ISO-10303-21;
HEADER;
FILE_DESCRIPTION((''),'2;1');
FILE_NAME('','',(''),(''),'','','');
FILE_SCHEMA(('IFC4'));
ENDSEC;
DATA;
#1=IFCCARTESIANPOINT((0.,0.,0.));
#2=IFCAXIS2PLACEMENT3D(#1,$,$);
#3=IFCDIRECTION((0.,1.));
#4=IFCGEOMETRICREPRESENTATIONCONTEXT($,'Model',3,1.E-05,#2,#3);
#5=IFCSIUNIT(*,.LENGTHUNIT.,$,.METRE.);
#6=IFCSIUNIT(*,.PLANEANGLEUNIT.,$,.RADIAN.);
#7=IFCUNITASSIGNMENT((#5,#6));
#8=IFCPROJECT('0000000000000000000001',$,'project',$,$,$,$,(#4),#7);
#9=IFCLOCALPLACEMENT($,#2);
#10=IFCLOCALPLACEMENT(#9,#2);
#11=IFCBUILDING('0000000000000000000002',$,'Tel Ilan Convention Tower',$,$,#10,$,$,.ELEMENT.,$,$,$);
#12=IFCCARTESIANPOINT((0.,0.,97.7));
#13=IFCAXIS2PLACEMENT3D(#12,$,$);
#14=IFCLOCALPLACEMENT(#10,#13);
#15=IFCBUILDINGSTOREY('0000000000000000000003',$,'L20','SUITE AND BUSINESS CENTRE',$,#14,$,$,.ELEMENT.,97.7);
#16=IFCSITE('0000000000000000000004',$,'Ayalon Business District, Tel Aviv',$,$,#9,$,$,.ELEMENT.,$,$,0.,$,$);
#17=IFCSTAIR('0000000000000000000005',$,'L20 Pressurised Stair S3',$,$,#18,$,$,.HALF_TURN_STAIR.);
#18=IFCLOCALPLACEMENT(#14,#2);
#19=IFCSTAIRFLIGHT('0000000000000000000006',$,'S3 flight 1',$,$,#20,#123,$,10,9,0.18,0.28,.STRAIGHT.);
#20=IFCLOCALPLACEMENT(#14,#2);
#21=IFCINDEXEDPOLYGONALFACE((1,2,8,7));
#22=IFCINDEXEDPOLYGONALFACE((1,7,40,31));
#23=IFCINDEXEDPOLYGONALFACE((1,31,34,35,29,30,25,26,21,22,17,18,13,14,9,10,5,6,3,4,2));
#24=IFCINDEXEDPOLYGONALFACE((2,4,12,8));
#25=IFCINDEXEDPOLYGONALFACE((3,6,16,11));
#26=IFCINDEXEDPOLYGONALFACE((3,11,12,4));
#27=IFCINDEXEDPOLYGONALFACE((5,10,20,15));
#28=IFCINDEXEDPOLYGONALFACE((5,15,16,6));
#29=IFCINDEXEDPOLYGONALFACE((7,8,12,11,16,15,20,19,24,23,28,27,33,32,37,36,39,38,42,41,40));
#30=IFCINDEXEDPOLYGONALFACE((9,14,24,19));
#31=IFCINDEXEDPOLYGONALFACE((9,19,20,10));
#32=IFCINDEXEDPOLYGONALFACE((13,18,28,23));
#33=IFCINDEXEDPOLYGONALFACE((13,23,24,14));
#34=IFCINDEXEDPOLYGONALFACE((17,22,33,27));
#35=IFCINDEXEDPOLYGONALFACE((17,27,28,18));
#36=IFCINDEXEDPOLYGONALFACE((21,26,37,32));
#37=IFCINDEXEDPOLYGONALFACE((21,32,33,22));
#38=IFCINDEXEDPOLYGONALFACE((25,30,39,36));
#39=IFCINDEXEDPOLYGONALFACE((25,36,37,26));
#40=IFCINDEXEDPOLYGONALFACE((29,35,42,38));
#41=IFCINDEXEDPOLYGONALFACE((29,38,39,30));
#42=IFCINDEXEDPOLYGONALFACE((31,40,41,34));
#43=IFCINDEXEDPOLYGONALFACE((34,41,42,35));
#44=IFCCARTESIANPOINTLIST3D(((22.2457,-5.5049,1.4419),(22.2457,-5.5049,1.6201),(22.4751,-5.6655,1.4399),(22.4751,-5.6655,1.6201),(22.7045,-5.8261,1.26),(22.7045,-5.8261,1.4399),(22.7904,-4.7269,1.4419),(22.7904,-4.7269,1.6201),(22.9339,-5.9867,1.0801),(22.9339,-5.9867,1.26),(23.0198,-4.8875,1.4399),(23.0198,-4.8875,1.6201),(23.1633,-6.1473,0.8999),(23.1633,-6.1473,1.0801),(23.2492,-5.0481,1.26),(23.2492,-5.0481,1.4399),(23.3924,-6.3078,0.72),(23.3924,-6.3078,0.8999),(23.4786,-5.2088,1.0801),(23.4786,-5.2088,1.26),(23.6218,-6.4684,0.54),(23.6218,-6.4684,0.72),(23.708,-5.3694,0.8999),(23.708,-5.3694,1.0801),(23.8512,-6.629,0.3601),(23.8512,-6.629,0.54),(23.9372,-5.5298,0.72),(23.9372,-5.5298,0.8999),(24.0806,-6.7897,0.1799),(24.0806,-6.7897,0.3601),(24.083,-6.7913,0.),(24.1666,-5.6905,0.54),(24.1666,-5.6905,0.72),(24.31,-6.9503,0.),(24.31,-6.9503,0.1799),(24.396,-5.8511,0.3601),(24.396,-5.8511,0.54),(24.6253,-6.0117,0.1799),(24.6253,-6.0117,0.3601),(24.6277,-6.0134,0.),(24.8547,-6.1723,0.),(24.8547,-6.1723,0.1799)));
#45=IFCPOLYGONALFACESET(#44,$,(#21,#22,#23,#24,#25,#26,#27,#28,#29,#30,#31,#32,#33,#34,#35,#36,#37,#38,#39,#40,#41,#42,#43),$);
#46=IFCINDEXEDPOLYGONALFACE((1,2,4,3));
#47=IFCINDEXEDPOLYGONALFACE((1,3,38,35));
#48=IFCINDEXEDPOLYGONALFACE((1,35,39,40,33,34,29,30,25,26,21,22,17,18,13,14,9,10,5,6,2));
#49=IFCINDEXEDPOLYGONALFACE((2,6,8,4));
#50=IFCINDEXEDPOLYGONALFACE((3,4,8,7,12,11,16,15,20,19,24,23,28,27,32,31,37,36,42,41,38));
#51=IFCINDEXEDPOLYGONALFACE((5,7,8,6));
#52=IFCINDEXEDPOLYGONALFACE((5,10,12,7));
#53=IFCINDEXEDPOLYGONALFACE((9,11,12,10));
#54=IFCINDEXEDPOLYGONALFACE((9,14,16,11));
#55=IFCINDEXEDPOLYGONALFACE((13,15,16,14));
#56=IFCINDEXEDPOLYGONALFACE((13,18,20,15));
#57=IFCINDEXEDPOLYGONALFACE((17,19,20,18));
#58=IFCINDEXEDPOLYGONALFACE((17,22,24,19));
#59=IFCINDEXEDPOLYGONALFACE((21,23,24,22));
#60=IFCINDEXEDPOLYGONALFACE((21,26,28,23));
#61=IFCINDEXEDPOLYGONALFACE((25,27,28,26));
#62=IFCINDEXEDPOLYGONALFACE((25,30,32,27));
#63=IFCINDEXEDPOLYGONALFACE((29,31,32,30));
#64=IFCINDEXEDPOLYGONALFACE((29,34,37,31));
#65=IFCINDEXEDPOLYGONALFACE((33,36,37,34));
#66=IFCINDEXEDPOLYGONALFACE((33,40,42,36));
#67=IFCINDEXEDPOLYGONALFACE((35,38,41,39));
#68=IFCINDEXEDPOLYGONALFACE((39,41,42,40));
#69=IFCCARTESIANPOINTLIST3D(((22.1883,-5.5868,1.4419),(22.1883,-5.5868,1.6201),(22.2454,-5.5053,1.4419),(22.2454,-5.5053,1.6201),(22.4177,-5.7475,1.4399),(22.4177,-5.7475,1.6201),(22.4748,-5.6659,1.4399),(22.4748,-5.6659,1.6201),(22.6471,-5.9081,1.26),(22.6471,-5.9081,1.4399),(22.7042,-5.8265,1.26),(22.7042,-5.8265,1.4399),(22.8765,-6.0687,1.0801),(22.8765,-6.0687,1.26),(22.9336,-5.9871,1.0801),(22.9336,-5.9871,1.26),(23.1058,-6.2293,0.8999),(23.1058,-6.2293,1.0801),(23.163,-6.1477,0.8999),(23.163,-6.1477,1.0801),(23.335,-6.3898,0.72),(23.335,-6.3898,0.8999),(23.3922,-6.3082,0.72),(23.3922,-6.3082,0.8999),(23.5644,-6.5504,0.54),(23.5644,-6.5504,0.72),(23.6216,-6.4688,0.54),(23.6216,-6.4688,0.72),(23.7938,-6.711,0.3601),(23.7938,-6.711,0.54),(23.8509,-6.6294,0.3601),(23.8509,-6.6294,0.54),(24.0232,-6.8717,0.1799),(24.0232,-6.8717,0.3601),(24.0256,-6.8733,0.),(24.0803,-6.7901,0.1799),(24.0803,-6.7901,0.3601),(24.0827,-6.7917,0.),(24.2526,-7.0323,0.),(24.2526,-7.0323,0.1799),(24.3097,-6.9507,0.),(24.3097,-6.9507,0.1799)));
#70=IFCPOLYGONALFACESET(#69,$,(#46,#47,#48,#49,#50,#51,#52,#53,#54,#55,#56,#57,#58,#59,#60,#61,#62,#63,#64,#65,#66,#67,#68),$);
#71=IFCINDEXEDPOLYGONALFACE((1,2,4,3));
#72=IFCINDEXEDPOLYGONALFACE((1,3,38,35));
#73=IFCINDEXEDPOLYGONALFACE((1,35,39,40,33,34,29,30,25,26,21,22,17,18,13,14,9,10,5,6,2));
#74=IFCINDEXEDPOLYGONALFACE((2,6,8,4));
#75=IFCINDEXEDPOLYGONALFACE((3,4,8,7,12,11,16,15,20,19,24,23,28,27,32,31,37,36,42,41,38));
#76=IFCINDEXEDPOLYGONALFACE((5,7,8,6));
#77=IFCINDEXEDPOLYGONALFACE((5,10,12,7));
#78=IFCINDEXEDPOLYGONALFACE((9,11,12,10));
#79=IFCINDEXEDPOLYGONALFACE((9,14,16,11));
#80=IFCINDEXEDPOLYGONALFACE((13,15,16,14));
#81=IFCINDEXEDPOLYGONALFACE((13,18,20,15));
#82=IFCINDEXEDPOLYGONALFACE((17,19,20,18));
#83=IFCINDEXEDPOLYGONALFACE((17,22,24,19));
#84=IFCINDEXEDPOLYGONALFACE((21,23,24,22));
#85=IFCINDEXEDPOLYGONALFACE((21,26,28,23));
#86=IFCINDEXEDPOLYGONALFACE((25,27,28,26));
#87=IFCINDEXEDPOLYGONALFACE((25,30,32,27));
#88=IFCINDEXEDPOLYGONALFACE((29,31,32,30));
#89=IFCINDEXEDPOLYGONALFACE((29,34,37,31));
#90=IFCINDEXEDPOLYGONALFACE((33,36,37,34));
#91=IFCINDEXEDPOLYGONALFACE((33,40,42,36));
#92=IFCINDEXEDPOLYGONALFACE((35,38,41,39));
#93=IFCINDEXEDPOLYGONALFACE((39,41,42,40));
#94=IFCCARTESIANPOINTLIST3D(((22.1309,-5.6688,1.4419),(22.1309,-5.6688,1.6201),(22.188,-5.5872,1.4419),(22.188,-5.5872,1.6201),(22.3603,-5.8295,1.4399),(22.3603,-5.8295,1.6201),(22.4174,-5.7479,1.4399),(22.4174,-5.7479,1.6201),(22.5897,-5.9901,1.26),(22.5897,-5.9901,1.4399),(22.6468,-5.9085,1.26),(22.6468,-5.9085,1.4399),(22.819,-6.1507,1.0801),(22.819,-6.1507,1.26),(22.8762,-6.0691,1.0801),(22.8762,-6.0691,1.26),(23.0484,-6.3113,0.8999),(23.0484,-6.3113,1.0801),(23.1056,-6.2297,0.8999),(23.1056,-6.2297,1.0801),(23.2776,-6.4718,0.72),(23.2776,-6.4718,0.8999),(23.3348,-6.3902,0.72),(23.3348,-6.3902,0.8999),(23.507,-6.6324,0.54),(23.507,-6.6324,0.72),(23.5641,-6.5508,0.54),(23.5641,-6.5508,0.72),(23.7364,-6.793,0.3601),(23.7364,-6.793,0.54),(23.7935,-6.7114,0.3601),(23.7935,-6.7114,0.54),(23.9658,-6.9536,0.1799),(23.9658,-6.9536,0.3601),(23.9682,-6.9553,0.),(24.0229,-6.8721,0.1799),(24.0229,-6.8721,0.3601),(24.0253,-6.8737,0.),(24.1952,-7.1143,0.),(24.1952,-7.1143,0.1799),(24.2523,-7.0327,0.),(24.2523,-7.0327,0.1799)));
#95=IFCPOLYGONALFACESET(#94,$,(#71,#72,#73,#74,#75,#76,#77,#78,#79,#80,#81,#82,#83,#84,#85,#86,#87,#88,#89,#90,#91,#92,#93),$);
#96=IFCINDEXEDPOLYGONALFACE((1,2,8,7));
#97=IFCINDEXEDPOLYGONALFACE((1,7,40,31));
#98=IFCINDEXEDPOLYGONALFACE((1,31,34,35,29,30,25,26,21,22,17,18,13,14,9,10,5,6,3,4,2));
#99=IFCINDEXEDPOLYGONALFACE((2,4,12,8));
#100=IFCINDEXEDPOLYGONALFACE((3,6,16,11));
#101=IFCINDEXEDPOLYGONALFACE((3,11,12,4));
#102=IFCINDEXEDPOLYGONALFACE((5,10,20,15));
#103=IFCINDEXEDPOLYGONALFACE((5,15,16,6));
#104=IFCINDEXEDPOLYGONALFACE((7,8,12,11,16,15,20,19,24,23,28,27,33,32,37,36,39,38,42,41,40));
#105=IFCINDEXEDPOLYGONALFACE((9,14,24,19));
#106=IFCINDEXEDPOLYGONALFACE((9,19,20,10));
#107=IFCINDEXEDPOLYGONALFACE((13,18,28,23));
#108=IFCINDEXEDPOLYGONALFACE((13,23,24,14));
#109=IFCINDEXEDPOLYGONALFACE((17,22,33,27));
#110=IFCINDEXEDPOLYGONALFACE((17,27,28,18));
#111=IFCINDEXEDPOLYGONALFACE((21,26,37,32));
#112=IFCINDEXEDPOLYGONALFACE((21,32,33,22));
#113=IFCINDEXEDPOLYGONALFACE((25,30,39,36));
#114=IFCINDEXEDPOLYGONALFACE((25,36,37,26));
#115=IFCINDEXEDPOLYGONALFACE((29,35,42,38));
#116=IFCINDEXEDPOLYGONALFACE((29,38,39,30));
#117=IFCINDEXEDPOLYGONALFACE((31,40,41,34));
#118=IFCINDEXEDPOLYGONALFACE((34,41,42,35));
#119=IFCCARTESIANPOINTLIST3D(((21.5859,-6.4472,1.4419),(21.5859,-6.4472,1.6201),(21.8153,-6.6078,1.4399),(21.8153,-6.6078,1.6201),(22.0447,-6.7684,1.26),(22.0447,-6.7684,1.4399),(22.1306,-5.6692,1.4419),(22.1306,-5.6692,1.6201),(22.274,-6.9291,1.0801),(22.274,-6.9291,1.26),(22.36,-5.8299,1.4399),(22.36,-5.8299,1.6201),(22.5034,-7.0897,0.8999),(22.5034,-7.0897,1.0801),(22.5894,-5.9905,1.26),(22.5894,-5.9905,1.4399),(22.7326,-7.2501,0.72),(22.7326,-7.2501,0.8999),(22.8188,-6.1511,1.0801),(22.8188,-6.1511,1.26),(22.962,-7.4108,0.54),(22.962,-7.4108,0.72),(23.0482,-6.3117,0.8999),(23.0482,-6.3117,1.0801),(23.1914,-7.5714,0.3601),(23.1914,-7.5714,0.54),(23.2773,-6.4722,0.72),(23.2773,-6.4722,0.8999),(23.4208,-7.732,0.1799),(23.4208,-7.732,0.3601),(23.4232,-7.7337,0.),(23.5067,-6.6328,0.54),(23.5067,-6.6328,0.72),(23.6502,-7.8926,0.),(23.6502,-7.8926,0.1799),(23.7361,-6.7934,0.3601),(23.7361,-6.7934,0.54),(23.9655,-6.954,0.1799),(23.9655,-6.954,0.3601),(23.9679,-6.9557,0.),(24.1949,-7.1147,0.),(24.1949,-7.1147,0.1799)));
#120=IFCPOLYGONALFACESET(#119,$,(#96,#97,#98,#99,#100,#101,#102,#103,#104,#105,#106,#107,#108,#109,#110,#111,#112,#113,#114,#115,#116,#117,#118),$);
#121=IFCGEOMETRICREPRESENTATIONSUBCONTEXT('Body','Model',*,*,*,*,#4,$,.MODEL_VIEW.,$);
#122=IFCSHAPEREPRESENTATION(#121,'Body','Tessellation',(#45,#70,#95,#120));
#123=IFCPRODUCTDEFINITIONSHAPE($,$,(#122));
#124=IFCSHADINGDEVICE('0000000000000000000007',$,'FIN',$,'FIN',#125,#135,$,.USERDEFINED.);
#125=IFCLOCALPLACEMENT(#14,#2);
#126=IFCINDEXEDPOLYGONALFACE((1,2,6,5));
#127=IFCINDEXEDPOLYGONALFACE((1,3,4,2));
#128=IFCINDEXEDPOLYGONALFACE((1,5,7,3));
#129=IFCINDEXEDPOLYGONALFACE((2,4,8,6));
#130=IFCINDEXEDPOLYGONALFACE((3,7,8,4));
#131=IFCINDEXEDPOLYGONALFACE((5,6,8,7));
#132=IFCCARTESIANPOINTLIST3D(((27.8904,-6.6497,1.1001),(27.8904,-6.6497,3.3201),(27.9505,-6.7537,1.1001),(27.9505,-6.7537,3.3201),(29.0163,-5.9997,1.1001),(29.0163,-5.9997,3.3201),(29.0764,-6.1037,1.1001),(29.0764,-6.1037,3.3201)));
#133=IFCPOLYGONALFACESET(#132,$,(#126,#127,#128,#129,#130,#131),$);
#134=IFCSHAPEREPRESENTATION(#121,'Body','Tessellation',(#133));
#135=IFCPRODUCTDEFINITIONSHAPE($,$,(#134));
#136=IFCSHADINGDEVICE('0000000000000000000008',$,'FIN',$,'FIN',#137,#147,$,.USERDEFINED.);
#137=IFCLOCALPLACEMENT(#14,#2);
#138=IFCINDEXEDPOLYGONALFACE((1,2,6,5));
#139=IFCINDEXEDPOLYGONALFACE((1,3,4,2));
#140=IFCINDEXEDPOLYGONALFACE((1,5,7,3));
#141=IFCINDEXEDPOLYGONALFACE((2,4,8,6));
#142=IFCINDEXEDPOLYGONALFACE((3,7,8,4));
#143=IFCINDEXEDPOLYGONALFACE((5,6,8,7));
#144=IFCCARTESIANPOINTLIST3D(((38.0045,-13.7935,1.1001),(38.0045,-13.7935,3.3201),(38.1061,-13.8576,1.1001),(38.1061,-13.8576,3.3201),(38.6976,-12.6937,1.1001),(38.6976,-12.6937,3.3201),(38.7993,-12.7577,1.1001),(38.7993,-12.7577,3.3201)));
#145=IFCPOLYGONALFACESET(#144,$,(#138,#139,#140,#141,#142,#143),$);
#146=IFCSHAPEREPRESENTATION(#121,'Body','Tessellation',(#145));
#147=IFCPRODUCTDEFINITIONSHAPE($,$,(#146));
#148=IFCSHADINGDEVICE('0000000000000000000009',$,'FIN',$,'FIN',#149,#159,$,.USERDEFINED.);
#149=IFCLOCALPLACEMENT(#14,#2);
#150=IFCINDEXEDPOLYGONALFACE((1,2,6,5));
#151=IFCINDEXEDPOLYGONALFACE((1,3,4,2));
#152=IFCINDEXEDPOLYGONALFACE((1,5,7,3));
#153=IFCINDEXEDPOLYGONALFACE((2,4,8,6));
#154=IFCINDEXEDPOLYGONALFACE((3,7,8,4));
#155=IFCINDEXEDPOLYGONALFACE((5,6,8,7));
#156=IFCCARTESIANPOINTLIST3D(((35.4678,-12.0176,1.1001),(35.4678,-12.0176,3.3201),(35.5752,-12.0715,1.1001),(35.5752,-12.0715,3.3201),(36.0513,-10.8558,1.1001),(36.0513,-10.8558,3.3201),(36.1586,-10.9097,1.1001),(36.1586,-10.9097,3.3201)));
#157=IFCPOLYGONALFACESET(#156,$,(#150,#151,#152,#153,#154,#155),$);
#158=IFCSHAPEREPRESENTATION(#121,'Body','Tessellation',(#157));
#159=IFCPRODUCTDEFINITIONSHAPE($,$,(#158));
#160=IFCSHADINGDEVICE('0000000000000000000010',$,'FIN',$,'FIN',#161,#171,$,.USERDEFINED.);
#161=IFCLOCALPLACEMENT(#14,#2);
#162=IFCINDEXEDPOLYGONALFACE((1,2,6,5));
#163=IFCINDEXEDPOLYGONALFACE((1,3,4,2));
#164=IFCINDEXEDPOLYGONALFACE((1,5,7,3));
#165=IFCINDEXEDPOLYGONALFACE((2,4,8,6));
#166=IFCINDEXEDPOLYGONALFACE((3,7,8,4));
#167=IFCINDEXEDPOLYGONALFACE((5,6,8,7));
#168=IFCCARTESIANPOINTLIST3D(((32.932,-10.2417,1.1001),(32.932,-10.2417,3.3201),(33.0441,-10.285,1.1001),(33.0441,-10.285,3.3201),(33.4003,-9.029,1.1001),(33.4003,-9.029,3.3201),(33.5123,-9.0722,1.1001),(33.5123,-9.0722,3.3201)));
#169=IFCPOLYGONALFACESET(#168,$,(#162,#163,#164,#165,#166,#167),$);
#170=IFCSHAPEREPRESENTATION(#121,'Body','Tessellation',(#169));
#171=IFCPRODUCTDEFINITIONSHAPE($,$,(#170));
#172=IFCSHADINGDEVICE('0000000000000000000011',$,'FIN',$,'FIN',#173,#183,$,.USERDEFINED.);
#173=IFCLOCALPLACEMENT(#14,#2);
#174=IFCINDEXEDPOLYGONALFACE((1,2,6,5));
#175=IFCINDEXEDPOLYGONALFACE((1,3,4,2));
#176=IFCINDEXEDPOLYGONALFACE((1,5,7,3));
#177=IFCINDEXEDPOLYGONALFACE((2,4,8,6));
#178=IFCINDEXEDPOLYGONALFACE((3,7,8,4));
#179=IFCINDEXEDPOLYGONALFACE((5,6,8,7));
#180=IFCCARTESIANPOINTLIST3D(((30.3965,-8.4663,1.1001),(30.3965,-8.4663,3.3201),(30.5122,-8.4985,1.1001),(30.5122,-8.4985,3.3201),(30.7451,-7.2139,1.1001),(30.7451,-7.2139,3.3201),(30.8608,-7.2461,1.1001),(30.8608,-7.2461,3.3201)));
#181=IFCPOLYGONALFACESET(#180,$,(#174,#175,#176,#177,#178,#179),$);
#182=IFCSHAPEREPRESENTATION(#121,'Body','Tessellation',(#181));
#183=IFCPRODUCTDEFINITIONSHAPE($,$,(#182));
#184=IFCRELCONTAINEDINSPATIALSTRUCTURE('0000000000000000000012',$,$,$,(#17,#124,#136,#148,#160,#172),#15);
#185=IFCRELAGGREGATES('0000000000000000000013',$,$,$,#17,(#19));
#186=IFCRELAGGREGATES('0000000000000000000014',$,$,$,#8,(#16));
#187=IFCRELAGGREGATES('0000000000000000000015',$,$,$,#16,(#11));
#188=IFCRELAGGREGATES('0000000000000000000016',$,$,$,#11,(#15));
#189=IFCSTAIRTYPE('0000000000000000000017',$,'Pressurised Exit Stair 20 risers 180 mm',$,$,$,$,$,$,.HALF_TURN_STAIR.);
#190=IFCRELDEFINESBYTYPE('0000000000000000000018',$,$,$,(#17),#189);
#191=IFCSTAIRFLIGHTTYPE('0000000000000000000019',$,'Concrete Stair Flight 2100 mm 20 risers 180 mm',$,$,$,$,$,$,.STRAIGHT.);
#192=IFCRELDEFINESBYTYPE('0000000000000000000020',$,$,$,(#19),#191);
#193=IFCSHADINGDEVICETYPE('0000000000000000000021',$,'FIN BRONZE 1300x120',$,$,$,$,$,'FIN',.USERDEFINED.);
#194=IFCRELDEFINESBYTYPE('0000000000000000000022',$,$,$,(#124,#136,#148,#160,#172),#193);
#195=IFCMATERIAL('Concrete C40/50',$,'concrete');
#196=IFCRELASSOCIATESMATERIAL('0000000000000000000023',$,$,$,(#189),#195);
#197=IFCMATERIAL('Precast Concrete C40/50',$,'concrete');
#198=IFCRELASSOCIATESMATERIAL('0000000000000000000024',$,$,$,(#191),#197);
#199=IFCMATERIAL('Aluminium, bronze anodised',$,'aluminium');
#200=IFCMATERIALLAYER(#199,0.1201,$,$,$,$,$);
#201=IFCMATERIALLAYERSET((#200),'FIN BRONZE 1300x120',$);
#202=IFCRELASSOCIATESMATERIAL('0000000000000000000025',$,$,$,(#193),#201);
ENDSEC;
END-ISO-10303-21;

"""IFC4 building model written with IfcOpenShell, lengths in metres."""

from ifc_helpers import new_model, si_unit, direction, frame, origin, origin_2d, place, context, subcontext, project, spatial, polyline, rectangle, outline, extrude, material, layer, layer_set, type_object, element, aggregate, save


model = new_model("IFC4")

# Units and contexts
model_context = context("Model", 3, precision=1e-05, world=origin(), true_north=direction((0.0, 1.0)))
body_context = subcontext(model_context, "Body", "Model", "MODEL_VIEW")
ifc_project = project(units=[si_unit("LENGTHUNIT", "METRE"), si_unit("PLANEANGLEUNIT", "RADIAN")], contexts=[model_context])

# Site, building, storey
site_placement = place(None, origin())
site = spatial("IfcSite", under=ifc_project, at=site_placement, Name="Ayalon Business District, Tel Aviv", CompositionType="ELEMENT", RefElevation=0.0)
building_placement = place(site_placement, origin())
building = spatial("IfcBuilding", under=site, at=building_placement, Name="Tel Ilan Convention Tower", CompositionType="ELEMENT")
storey_placement = place(building_placement, frame((0.0, 0.0, 97.7)))
storey = spatial("IfcBuildingStorey", under=building, at=storey_placement, Name="L20", Description="SUITE AND BUSINESS CENTRE", CompositionType="ELEMENT", Elevation=97.7)

# Stair, stair flight
ifc_material_1 = material(Name="Concrete C40/50", Category="concrete")
stair_type = type_object("IfcStairType", Name="Pressurised Exit Stair 20 risers 180 mm", PredefinedType="HALF_TURN_STAIR", material=ifc_material_1)
stair_placement = place(storey_placement, origin())
stair = element("IfcStair", 1, at=stair_placement, inside=storey, type_object=stair_type, Name="L20 Pressurised Stair S3", PredefinedType="HALF_TURN_STAIR")
ifc_material_2 = material(Name="Precast Concrete C40/50", Category="concrete")
stair_flight_type = type_object("IfcStairFlightType", Name="Concrete Stair Flight 2100 mm 20 risers 180 mm", PredefinedType="STRAIGHT", material=ifc_material_2)
stair_flight_placement = place(storey_placement, frame((24.2524, -7.0325, 0.0), z_axis=(0.0, 0.0, 1.0), x_axis=(-0.819152, 0.573576, 0.0)))
stair_flight = element("IfcStairFlight", 2, at=stair_flight_placement, type_object=stair_flight_type, Name="S3 flight 1", NumberOfRisers=10, NumberOfTreads=9, PredefinedType="STRAIGHT", RiserHeight=0.18, TreadLength=0.28, context=body_context, shape_type="SweptSolid", body=[
    extrude(outline(polyline([(0.0, 0.0), (0.0, 0.1799), (0.28, 0.1799), (0.28, 0.3601), (0.5601, 0.3601), (0.5601, 0.54), (0.8401, 0.54), (0.8401, 0.72), (1.1201, 0.72), (1.1201, 0.8999), (1.3999, 0.8999), (1.3999, 1.0801), (1.6799, 1.0801), (1.6799, 1.26), (1.96, 1.26), (1.96, 1.4399), (2.24, 1.4399), (2.24, 1.6201), (2.52, 1.6201), (2.52, 1.8), (2.52, 1.4419), (0.2771, 0.0), (0.0, 0.0)])), frame((0.0, -0.1003, 0.0), z_axis=(0.0, -1.0, 0.0), x_axis=(1.0, 0.0, 0.0)), (0.0, 0.0, 1.0), 0.9497),
    extrude(outline(polyline([(0.0, 0.0), (0.0, 0.1799), (0.28, 0.1799), (0.28, 0.3601), (0.5601, 0.3601), (0.5601, 0.54), (0.8401, 0.54), (0.8401, 0.72), (1.1201, 0.72), (1.1201, 0.8999), (1.3999, 0.8999), (1.3999, 1.0801), (1.6799, 1.0801), (1.6799, 1.26), (1.96, 1.26), (1.96, 1.4399), (2.24, 1.4399), (2.24, 1.6201), (2.52, 1.6201), (2.52, 1.8), (2.52, 1.4419), (0.2771, 0.0), (0.0, 0.0)])), frame((0.0, -0.0002, 0.0), z_axis=(0.0, -1.0, 0.0), x_axis=(1.0, 0.0, 0.0)), (0.0, 0.0, 1.0), 0.0996),
    extrude(outline(polyline([(0.0, 0.0), (0.0, 0.1799), (0.28, 0.1799), (0.28, 0.3601), (0.5601, 0.3601), (0.5601, 0.54), (0.8401, 0.54), (0.8401, 0.72), (1.1201, 0.72), (1.1201, 0.8999), (1.3999, 0.8999), (1.3999, 1.0801), (1.6799, 1.0801), (1.6799, 1.26), (1.96, 1.26), (1.96, 1.4399), (2.24, 1.4399), (2.24, 1.6201), (2.52, 1.6201), (2.52, 1.8), (2.52, 1.4419), (0.2771, 0.0), (0.0, 0.0)])), frame((0.0, 0.0999, 0.0), z_axis=(0.0, -1.0, 0.0), x_axis=(1.0, 0.0, 0.0)), (0.0, 0.0, 1.0), 0.0996),
    extrude(outline(polyline([(0.0, 0.0), (0.0, 0.1799), (0.28, 0.1799), (0.28, 0.3601), (0.5601, 0.3601), (0.5601, 0.54), (0.8401, 0.54), (0.8401, 0.72), (1.1201, 0.72), (1.1201, 0.8999), (1.3999, 0.8999), (1.3999, 1.0801), (1.6799, 1.0801), (1.6799, 1.26), (1.96, 1.26), (1.96, 1.4399), (2.24, 1.4399), (2.24, 1.6201), (2.52, 1.6201), (2.52, 1.8), (2.52, 1.4419), (0.2771, 0.0), (0.0, 0.0)])), frame((0.0, 1.05, 0.0), z_axis=(0.0, -1.0, 0.0), x_axis=(1.0, 0.0, 0.0)), (0.0, 0.0, 1.0), 0.9497),
])
aggregate(stair, [stair_flight])

# Shading devices
ifc_material_3 = material(Name="Aluminium, bronze anodised", Category="aluminium")
ifc_layer_1 = layer(ifc_material_3, 0.1201)
ifc_layer_set_1 = layer_set([ifc_layer_1], Name="FIN BRONZE 1300x120")
shading_device_type = type_object("IfcShadingDeviceType", Name="FIN BRONZE 1300x120", ElementType="FIN", PredefinedType="USERDEFINED", material=ifc_layer_set_1)
for number, where, z_axis, x_axis, name in (
    (3, (28.4834, -6.3767, 1.1001), (0.0, 0.0, 1.0), (0.866025, 0.5, 0.0), "FIN"),
    (4, (38.4019, -13.2756, 1.1001), (0.0, 0.0, 1.0), (0.533204, 0.845986, 0.0), "FIN"),
    (5, (35.8132, -11.4636, 1.1001), (0.0, 0.0, 1.0), (0.448799, 0.893633, 0.0), "FIN"),
    (6, (33.2222, -9.657, 1.1001), (0.0, 0.0, 1.0), (0.360178, 0.932884, 0.0), "FIN"),
    (7, (30.6287, -7.8562, 1.1001), (0.0, 0.0, 1.0), (0.268173, 0.963371, 0.0), "FIN"),
):
    element("IfcShadingDevice", number, at=place(storey_placement, frame(where, z_axis=z_axis, x_axis=x_axis)), inside=storey, type_object=shading_device_type, Name=name, ObjectType="FIN", PredefinedType="USERDEFINED", context=body_context, shape_type="SweptSolid", body=[
        extrude(rectangle(XDim=1.3, YDim=0.1201, at=origin_2d()), origin(), (0.0, 0.0, 1.0), 2.22),
    ])

save(model, "model.ifc")
